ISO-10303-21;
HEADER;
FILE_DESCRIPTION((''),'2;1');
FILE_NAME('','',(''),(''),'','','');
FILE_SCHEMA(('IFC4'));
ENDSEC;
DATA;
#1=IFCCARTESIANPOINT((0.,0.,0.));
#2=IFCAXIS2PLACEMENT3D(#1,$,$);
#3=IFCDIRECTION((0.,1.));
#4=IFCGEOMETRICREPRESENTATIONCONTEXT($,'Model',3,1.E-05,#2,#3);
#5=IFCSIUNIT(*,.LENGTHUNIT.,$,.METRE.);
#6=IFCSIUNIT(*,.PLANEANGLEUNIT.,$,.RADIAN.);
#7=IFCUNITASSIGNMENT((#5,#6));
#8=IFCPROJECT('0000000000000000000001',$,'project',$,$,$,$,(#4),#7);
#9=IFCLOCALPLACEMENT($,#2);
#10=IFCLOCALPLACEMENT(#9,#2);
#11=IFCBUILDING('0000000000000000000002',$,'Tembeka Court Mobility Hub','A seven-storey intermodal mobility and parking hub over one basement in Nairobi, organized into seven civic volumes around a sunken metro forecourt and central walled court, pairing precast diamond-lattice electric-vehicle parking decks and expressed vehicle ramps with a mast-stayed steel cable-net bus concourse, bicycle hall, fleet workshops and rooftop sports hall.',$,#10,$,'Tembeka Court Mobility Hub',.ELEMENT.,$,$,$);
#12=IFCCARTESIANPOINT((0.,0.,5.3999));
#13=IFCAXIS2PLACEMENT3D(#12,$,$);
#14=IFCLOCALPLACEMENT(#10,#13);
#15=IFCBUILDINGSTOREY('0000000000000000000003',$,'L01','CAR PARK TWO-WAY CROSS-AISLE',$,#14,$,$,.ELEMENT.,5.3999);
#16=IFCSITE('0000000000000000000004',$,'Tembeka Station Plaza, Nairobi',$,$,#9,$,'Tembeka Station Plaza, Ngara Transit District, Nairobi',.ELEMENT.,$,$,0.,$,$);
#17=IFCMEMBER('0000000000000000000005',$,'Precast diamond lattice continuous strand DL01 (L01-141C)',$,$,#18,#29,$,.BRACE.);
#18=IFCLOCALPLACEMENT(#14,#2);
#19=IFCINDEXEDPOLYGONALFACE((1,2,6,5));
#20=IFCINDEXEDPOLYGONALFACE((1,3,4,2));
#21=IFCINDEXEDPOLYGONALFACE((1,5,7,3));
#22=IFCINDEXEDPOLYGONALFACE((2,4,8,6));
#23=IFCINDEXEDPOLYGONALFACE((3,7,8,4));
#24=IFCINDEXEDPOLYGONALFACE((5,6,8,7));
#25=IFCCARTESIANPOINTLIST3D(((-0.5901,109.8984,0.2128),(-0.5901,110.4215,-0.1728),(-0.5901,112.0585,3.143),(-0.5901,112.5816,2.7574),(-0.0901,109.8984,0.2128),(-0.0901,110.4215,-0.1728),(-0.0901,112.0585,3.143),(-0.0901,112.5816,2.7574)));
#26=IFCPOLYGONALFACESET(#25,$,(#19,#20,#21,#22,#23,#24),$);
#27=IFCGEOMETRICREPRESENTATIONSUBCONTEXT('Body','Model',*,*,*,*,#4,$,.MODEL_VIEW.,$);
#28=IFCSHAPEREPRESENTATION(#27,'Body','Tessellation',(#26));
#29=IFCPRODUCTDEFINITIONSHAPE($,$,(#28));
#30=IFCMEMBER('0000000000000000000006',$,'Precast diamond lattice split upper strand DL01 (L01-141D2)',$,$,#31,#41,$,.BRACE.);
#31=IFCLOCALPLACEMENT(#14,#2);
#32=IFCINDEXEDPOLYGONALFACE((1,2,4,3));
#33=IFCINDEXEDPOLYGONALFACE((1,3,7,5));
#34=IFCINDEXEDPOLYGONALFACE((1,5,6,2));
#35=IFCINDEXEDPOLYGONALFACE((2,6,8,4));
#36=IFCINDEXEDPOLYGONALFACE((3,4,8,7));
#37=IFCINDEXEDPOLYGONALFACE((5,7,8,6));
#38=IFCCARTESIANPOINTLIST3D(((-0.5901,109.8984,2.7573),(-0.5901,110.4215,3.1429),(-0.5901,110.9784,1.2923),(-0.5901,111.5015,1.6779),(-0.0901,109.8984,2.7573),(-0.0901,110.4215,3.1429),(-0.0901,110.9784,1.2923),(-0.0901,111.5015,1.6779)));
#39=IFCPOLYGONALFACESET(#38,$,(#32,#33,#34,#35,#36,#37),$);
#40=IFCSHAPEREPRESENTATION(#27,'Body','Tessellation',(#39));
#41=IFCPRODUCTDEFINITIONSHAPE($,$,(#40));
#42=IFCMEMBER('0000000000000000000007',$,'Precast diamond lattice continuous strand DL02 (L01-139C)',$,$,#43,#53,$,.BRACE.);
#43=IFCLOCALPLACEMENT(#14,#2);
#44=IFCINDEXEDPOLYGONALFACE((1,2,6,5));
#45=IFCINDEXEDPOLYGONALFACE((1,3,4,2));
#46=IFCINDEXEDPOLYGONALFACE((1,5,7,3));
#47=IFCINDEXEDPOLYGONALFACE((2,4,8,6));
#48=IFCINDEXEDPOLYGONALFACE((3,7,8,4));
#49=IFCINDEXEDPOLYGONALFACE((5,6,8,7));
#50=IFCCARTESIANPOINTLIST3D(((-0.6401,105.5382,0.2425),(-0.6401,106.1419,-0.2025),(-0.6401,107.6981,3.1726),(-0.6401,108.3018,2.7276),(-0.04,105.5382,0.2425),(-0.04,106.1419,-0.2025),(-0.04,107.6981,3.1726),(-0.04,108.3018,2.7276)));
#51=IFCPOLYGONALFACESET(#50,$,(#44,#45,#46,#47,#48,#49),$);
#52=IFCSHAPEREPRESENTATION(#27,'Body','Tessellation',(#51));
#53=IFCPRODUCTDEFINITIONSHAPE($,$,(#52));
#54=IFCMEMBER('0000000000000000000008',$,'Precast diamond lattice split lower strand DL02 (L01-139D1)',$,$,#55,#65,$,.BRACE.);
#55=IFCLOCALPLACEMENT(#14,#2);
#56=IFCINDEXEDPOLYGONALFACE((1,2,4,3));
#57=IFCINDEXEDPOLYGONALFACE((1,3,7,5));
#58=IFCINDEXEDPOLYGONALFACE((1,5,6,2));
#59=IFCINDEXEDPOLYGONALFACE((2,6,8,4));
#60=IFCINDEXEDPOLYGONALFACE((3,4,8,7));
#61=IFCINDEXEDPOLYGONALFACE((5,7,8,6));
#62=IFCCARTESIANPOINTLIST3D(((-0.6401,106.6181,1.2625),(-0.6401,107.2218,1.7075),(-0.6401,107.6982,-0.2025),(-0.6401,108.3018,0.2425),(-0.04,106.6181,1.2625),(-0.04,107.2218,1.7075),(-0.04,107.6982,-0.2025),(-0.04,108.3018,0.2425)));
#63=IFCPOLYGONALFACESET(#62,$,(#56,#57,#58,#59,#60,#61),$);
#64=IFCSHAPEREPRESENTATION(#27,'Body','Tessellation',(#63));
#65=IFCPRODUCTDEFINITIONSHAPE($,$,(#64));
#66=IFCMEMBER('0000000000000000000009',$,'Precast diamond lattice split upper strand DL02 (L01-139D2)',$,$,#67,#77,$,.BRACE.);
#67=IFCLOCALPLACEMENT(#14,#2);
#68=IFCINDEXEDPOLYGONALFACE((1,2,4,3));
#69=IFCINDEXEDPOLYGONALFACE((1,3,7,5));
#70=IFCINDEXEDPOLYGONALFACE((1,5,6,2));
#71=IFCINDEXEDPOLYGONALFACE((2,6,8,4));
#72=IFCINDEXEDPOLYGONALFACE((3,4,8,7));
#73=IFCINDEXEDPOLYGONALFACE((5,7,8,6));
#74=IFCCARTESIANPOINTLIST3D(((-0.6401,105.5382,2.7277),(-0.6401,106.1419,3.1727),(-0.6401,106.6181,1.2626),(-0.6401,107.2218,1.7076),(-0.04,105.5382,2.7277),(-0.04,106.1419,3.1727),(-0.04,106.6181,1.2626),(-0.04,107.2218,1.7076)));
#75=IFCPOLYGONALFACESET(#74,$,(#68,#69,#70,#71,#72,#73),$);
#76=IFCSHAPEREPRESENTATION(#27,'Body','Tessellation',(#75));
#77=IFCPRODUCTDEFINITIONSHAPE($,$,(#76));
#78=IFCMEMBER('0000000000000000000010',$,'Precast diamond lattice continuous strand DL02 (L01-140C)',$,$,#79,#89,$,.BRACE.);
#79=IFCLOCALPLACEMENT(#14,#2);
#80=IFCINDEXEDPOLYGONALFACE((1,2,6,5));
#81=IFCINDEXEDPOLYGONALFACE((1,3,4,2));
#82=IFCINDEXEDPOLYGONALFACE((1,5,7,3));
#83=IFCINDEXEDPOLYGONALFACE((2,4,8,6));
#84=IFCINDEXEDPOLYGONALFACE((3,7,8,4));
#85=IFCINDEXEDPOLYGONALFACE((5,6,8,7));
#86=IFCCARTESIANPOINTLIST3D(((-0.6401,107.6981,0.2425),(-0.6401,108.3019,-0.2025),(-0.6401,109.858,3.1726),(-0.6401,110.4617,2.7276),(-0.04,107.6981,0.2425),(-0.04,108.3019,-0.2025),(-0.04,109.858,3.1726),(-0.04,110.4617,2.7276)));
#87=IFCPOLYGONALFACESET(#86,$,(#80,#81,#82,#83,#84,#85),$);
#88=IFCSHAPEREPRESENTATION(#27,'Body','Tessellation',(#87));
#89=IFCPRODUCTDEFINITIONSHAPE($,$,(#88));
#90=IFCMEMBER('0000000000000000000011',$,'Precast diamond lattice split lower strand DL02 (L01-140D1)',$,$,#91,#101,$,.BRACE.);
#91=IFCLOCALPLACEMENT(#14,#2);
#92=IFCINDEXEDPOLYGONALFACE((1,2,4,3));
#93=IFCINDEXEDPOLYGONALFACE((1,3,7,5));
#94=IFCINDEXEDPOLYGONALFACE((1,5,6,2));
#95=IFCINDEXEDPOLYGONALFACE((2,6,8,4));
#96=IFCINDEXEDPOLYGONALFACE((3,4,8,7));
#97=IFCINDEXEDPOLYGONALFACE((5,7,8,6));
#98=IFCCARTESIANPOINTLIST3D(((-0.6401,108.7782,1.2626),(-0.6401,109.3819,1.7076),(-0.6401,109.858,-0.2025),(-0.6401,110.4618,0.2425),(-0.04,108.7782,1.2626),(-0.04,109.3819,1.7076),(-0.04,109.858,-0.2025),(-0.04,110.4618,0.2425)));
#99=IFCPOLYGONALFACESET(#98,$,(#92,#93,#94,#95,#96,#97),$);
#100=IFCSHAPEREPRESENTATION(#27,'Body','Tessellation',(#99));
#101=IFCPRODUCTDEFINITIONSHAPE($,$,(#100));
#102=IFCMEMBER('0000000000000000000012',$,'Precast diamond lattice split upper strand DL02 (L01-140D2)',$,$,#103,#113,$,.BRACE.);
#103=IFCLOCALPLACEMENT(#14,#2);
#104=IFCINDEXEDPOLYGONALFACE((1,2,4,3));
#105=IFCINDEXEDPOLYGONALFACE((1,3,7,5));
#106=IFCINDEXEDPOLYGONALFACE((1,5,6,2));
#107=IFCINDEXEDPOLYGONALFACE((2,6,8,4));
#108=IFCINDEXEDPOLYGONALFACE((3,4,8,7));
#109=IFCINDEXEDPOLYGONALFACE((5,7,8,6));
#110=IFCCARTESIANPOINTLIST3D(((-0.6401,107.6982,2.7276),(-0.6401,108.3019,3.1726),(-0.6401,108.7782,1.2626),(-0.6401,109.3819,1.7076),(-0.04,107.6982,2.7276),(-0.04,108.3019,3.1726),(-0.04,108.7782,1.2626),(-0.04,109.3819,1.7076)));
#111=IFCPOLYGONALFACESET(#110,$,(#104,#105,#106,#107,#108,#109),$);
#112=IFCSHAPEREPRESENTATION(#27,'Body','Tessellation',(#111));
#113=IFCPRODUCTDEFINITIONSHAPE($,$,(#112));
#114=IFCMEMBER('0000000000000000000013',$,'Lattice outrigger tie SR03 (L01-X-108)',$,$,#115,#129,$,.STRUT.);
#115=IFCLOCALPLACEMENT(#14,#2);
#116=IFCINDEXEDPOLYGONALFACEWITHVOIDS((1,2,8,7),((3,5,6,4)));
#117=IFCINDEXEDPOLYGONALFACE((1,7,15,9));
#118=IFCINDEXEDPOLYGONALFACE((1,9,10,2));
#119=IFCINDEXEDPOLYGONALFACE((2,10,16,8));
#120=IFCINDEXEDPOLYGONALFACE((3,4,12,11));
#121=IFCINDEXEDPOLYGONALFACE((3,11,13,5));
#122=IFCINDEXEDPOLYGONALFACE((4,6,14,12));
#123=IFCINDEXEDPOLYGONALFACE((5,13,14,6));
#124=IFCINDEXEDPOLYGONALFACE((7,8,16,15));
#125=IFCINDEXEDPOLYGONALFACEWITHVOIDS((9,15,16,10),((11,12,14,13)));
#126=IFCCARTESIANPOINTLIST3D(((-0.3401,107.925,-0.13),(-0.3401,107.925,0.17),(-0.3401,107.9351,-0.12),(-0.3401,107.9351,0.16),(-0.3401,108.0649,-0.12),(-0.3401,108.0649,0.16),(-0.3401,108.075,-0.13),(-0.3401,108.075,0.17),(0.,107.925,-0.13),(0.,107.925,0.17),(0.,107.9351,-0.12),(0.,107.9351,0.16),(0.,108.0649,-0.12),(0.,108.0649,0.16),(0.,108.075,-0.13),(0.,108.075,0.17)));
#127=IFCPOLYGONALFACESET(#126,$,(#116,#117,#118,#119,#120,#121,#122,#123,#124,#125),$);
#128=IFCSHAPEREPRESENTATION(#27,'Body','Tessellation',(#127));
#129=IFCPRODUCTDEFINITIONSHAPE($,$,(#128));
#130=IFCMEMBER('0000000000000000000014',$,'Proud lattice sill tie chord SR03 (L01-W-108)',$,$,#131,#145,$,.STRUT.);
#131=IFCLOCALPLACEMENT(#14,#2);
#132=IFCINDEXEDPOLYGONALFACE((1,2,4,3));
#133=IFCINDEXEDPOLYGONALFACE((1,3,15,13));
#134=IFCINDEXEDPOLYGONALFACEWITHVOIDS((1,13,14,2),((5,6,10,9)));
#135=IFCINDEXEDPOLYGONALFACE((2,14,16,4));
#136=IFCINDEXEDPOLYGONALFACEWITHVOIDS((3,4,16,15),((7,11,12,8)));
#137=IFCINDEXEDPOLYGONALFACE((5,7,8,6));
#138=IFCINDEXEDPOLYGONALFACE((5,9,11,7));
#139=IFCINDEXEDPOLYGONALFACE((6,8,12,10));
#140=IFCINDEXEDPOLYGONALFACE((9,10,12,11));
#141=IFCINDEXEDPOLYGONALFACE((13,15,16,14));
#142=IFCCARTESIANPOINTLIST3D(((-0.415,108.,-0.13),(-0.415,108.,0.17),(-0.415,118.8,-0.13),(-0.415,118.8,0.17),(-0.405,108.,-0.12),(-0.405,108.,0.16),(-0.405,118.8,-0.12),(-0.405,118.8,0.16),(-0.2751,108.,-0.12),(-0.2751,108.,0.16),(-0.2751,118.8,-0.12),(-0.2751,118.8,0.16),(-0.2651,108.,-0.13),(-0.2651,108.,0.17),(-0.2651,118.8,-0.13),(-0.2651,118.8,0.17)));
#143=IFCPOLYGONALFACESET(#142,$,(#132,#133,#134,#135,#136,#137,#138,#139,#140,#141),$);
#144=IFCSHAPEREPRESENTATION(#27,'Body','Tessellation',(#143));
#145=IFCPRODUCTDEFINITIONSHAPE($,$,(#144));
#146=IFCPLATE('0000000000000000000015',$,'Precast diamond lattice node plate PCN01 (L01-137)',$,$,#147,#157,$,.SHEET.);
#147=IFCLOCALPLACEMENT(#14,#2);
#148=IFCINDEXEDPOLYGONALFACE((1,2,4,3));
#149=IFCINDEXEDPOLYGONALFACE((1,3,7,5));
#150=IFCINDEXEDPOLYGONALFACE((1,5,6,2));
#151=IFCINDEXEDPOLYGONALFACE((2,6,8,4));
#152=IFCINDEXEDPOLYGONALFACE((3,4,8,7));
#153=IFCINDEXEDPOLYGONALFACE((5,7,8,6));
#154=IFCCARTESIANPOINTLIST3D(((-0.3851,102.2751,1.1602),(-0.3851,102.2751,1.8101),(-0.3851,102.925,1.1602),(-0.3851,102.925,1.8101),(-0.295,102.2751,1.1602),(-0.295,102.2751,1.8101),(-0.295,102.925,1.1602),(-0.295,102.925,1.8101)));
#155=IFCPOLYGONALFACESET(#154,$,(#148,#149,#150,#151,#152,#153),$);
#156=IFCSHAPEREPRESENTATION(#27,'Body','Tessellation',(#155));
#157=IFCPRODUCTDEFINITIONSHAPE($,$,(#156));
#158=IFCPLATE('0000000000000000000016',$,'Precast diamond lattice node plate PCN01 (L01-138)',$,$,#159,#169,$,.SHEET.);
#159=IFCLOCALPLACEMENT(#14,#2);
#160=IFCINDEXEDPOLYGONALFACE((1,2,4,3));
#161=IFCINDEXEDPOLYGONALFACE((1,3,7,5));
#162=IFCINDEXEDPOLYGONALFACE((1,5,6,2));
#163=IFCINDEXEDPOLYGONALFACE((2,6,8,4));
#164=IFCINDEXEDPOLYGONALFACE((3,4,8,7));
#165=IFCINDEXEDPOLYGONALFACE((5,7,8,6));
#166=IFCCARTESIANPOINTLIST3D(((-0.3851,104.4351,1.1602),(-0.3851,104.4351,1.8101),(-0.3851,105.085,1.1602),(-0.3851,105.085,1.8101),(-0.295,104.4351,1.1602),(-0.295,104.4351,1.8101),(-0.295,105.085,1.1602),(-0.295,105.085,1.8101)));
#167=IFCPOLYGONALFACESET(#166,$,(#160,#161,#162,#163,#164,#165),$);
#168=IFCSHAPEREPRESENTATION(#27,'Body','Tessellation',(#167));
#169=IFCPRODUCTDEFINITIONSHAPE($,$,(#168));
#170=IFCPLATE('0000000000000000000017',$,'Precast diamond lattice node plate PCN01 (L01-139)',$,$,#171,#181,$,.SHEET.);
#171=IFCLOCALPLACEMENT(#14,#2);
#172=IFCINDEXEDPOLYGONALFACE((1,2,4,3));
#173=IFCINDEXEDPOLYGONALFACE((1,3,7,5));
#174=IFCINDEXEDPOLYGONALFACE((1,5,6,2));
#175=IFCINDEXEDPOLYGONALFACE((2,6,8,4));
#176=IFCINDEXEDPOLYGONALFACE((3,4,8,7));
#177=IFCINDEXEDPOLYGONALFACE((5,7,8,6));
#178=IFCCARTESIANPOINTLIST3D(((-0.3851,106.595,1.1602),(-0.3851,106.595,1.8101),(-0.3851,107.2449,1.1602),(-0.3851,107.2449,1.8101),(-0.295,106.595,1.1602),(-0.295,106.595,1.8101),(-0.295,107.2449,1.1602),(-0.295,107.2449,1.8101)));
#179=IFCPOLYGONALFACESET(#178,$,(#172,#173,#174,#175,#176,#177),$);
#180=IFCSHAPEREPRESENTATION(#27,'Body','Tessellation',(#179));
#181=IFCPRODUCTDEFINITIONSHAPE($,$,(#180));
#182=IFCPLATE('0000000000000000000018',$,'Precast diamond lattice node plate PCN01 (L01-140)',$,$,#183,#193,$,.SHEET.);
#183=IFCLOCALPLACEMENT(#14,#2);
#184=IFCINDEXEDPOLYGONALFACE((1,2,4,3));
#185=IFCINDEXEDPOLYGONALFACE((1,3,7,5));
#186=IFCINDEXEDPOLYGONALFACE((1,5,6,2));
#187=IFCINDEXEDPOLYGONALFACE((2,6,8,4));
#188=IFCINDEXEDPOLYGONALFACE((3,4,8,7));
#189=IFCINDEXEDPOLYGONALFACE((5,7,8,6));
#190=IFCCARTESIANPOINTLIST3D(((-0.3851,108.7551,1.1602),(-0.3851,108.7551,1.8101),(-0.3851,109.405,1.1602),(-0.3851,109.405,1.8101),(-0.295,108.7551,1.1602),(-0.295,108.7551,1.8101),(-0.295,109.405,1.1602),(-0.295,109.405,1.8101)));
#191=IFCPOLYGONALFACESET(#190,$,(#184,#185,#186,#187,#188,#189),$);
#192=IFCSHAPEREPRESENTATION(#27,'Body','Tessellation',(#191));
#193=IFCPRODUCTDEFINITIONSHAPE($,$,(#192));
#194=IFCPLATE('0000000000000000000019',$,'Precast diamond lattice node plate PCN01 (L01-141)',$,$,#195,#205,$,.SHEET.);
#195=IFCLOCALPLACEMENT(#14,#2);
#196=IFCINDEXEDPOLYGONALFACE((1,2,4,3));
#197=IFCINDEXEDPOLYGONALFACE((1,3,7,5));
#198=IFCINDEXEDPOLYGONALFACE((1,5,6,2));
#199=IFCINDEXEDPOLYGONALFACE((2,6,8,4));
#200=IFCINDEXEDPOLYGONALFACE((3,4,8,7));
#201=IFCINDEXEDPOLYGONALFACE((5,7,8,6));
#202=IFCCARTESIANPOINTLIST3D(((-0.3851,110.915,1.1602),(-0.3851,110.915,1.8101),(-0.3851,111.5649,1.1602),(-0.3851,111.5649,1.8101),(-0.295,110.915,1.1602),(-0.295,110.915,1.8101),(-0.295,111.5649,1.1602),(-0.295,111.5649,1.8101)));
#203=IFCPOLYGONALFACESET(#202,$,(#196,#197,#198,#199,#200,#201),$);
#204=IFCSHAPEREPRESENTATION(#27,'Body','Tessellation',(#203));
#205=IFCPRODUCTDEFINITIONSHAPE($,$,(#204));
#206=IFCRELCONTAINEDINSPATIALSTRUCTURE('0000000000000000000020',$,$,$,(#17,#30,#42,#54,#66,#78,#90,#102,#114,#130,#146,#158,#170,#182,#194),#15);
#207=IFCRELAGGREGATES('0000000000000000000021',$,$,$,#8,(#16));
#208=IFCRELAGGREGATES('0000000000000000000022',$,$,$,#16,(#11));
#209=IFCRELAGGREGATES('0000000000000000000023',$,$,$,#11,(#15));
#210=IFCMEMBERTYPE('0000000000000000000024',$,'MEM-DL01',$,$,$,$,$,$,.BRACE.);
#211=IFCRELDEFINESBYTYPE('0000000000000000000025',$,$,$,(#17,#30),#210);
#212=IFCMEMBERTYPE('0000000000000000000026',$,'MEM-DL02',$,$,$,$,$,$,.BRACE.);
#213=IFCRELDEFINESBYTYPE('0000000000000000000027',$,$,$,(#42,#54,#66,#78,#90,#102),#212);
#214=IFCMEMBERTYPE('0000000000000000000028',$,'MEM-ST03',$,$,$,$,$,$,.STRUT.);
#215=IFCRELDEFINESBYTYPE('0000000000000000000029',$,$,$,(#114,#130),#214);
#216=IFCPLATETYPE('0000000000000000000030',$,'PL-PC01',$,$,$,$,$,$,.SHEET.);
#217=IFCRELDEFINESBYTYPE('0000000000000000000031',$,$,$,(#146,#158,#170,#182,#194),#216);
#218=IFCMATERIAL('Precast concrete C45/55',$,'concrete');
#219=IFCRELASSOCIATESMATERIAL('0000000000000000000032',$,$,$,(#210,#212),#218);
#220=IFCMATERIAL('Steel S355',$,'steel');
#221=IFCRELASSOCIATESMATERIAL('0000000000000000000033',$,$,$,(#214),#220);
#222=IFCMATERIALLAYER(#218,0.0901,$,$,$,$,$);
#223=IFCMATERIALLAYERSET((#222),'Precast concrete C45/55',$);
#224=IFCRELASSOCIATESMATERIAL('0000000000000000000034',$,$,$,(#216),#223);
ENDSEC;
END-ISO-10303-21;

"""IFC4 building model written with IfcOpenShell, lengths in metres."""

from ifc_helpers import new_model, si_unit, direction, frame, origin, origin_2d, place, context, subcontext, project, spatial, rectangle, hollow_rectangle, extrude, material, layer, layer_set, material_profile, profile_set, type_object, element, save


model = new_model("IFC4")

# Units and contexts
model_context = context("Model", 3, precision=1e-05, world=origin(), true_north=direction((0.0, 1.0)))
body_context = subcontext(model_context, "Body", "Model", "MODEL_VIEW")
ifc_project = project(units=[si_unit("LENGTHUNIT", "METRE"), si_unit("PLANEANGLEUNIT", "RADIAN")], contexts=[model_context])

# Site, building, storey
site_placement = place(None, origin())
site = spatial("IfcSite", under=ifc_project, at=site_placement, Name="Tembeka Station Plaza, Nairobi", LongName="Tembeka Station Plaza, Ngara Transit District, Nairobi", CompositionType="ELEMENT", RefElevation=0.0)
building_placement = place(site_placement, origin())
building = spatial("IfcBuilding", under=site, at=building_placement, Name="Tembeka Court Mobility Hub", Description="A seven-storey intermodal mobility and parking hub over one basement in Nairobi, organized into seven civic volumes around a sunken metro forecourt and central walled court, pairing precast diamond-lattice electric-vehicle parking decks and expressed vehicle ramps with a mast-stayed steel cable-net bus concourse, bicycle hall, fleet workshops and rooftop sports hall.", LongName="Tembeka Court Mobility Hub", CompositionType="ELEMENT")
storey_placement = place(building_placement, frame((0.0, 0.0, 5.3999)))
storey = spatial("IfcBuildingStorey", under=building, at=storey_placement, Name="L01", Description="CAR PARK TWO-WAY CROSS-AISLE", CompositionType="ELEMENT", Elevation=5.3999)

# Shared definitions
ifc_material_1 = material(Name="Steel S355", Category="steel")

# Members
ifc_material_2 = material(Name="Precast concrete C45/55", Category="concrete")
ifc_material_profile_1 = material_profile(ifc_material_2, rectangle(XDim=0.5, YDim=0.6499, at=origin_2d()), Name="PC-DIAG 500x650")
ifc_profile_set_1 = profile_set([ifc_material_profile_1], Name="Precast concrete C45/55")
member_type_1 = type_object("IfcMemberType", Name="MEM-DL01", PredefinedType="BRACE", material=ifc_profile_set_1)
member_1_placement = place(storey_placement, frame((-0.3401, 110.1599, 0.02), z_axis=(0.0, 0.593391, 0.804914), x_axis=(-1.0, 0.0, 0.0)))
element("IfcMember", 1, at=member_1_placement, inside=storey, type_object=member_type_1, Name="Precast diamond lattice continuous strand DL01 (L01-141C)", PredefinedType="BRACE", context=body_context, shape_type="SweptSolid", body=[
    extrude(rectangle(XDim=0.5, YDim=0.6499, at=origin_2d()), origin(), (0.0, 0.0, 1.0), 3.6404),
])
member_2_placement = place(storey_placement, frame((-0.3401, 111.24, 1.4851), z_axis=(0.0, -0.593391, 0.804914), x_axis=(1.0, 0.0, 0.0)))
element("IfcMember", 2, at=member_2_placement, inside=storey, type_object=member_type_1, Name="Precast diamond lattice split upper strand DL01 (L01-141D2)", PredefinedType="BRACE", context=body_context, shape_type="SweptSolid", body=[
    extrude(rectangle(XDim=0.5, YDim=0.6499, at=origin_2d()), origin(), (0.0, 0.0, 1.0), 1.8201),
])
ifc_material_profile_2 = material_profile(ifc_material_2, rectangle(XDim=0.6001, YDim=0.75, at=origin_2d()), Name="PC-DIAG 600x750")
ifc_profile_set_2 = profile_set([ifc_material_profile_2], Name="Precast concrete C45/55")
member_type_2 = type_object("IfcMemberType", Name="MEM-DL02", PredefinedType="BRACE", material=ifc_profile_set_2)
member_3_placement = place(storey_placement, frame((-0.3401, 105.8401, 0.02), z_axis=(0.0, 0.593348, 0.804946), x_axis=(-1.0, 0.0, 0.0)))
element("IfcMember", 3, at=member_3_placement, inside=storey, type_object=member_type_2, Name="Precast diamond lattice continuous strand DL02 (L01-139C)", PredefinedType="BRACE", context=body_context, shape_type="SweptSolid", body=[
    extrude(rectangle(XDim=0.6001, YDim=0.75, at=origin_2d()), origin(), (0.0, 0.0, 1.0), 3.6401),
])
for number, where, z_axis, x_axis, name in (
    (4, (-0.3401, 108.0, 0.02), (0.0, -0.593391, 0.804914), (1.0, 0.0, 0.0), "Precast diamond lattice split lower strand DL02 (L01-139D1)"),
    (5, (-0.3401, 106.9199, 1.4851), (0.0, -0.593304, 0.804978), (1.0, 0.0, 0.0), "Precast diamond lattice split upper strand DL02 (L01-139D2)"),
):
    element("IfcMember", number, at=place(storey_placement, frame(where, z_axis=z_axis, x_axis=x_axis)), inside=storey, type_object=member_type_2, Name=name, PredefinedType="BRACE", context=body_context, shape_type="SweptSolid", body=[
        extrude(rectangle(XDim=0.6001, YDim=0.75, at=origin_2d()), origin(), (0.0, 0.0, 1.0), 1.8201),
    ])
member_4_placement = place(storey_placement, frame((-0.3401, 108.0, 0.02), z_axis=(0.0, 0.593348, 0.804946), x_axis=(-1.0, 0.0, 0.0)))
element("IfcMember", 6, at=member_4_placement, inside=storey, type_object=member_type_2, Name="Precast diamond lattice continuous strand DL02 (L01-140C)", PredefinedType="BRACE", context=body_context, shape_type="SweptSolid", body=[
    extrude(rectangle(XDim=0.6001, YDim=0.75, at=origin_2d()), origin(), (0.0, 0.0, 1.0), 3.6401),
])
for number, where, z_axis, x_axis, name in (
    (7, (-0.3401, 110.1599, 0.02), (0.0, -0.593304, 0.804978), (1.0, 0.0, 0.0), "Precast diamond lattice split lower strand DL02 (L01-140D1)"),
    (8, (-0.3401, 109.0801, 1.4851), (0.0, -0.593391, 0.804914), (1.0, 0.0, 0.0), "Precast diamond lattice split upper strand DL02 (L01-140D2)"),
):
    element("IfcMember", number, at=place(storey_placement, frame(where, z_axis=z_axis, x_axis=x_axis)), inside=storey, type_object=member_type_2, Name=name, PredefinedType="BRACE", context=body_context, shape_type="SweptSolid", body=[
        extrude(rectangle(XDim=0.6001, YDim=0.75, at=origin_2d()), origin(), (0.0, 0.0, 1.0), 1.8201),
    ])
ifc_material_profile_3 = material_profile(ifc_material_1, hollow_rectangle(XDim=0.1499, YDim=0.3, WallThickness=0.01, at=origin_2d()), Name="RHS 300x150x10")
ifc_profile_set_3 = profile_set([ifc_material_profile_3], Name="Steel S355")
member_type_3 = type_object("IfcMemberType", Name="MEM-ST03", PredefinedType="STRUT", material=ifc_profile_set_3)
member_5_placement = place(storey_placement, frame((0.0, 108.0, 0.02), z_axis=(-1.0, 0.0, 0.0), x_axis=(0.0, -1.0, 0.0)))
element("IfcMember", 9, at=member_5_placement, inside=storey, type_object=member_type_3, Name="Lattice outrigger tie SR03 (L01-X-108)", PredefinedType="STRUT", context=body_context, shape_type="SweptSolid", body=[
    extrude(hollow_rectangle(XDim=0.1499, YDim=0.3, WallThickness=0.01, at=origin_2d()), origin(), (0.0, 0.0, 1.0), 0.3401),
])
member_6_placement = place(storey_placement, frame((-0.3401, 108.0, 0.02), z_axis=(0.0, 1.0, 0.0), x_axis=(-1.0, 0.0, 0.0)))
element("IfcMember", 10, at=member_6_placement, inside=storey, type_object=member_type_3, Name="Proud lattice sill tie chord SR03 (L01-W-108)", PredefinedType="STRUT", context=body_context, shape_type="SweptSolid", body=[
    extrude(hollow_rectangle(XDim=0.1499, YDim=0.3, WallThickness=0.01, at=origin_2d()), origin(), (0.0, 0.0, 1.0), 10.8),
])

# Plates
ifc_layer = layer(ifc_material_2, 0.0901)
ifc_layer_set = layer_set([ifc_layer], Name="Precast concrete C45/55")
plate_type = type_object("IfcPlateType", Name="PL-PC01", PredefinedType="SHEET", material=ifc_layer_set)
for number, where, z_axis, x_axis, name in (
    (11, (-0.3401, 102.6001, 1.1602), (0.0, 0.0, 1.0), (1.0, 0.0, 0.0), "Precast diamond lattice node plate PCN01 (L01-137)"),
    (12, (-0.3401, 104.76, 1.1602), (0.0, 0.0, 1.0), (1.0, 0.0, 0.0), "Precast diamond lattice node plate PCN01 (L01-138)"),
    (13, (-0.3401, 106.9199, 1.1602), (0.0, 0.0, 1.0), (1.0, 0.0, 0.0), "Precast diamond lattice node plate PCN01 (L01-139)"),
    (14, (-0.3401, 109.0801, 1.1602), (0.0, 0.0, 1.0), (1.0, 0.0, 0.0), "Precast diamond lattice node plate PCN01 (L01-140)"),
    (15, (-0.3401, 111.24, 1.1602), (0.0, 0.0, 1.0), (1.0, 0.0, 0.0), "Precast diamond lattice node plate PCN01 (L01-141)"),
):
    element("IfcPlate", number, at=place(storey_placement, frame(where, z_axis=z_axis, x_axis=x_axis)), inside=storey, type_object=plate_type, Name=name, PredefinedType="SHEET", context=body_context, shape_type="SweptSolid", body=[
        extrude(rectangle(XDim=0.0901, YDim=0.6499, at=origin_2d()), origin(), (0.0, 0.0, 1.0), 0.6499),
    ])

save(model, "model.ifc")
